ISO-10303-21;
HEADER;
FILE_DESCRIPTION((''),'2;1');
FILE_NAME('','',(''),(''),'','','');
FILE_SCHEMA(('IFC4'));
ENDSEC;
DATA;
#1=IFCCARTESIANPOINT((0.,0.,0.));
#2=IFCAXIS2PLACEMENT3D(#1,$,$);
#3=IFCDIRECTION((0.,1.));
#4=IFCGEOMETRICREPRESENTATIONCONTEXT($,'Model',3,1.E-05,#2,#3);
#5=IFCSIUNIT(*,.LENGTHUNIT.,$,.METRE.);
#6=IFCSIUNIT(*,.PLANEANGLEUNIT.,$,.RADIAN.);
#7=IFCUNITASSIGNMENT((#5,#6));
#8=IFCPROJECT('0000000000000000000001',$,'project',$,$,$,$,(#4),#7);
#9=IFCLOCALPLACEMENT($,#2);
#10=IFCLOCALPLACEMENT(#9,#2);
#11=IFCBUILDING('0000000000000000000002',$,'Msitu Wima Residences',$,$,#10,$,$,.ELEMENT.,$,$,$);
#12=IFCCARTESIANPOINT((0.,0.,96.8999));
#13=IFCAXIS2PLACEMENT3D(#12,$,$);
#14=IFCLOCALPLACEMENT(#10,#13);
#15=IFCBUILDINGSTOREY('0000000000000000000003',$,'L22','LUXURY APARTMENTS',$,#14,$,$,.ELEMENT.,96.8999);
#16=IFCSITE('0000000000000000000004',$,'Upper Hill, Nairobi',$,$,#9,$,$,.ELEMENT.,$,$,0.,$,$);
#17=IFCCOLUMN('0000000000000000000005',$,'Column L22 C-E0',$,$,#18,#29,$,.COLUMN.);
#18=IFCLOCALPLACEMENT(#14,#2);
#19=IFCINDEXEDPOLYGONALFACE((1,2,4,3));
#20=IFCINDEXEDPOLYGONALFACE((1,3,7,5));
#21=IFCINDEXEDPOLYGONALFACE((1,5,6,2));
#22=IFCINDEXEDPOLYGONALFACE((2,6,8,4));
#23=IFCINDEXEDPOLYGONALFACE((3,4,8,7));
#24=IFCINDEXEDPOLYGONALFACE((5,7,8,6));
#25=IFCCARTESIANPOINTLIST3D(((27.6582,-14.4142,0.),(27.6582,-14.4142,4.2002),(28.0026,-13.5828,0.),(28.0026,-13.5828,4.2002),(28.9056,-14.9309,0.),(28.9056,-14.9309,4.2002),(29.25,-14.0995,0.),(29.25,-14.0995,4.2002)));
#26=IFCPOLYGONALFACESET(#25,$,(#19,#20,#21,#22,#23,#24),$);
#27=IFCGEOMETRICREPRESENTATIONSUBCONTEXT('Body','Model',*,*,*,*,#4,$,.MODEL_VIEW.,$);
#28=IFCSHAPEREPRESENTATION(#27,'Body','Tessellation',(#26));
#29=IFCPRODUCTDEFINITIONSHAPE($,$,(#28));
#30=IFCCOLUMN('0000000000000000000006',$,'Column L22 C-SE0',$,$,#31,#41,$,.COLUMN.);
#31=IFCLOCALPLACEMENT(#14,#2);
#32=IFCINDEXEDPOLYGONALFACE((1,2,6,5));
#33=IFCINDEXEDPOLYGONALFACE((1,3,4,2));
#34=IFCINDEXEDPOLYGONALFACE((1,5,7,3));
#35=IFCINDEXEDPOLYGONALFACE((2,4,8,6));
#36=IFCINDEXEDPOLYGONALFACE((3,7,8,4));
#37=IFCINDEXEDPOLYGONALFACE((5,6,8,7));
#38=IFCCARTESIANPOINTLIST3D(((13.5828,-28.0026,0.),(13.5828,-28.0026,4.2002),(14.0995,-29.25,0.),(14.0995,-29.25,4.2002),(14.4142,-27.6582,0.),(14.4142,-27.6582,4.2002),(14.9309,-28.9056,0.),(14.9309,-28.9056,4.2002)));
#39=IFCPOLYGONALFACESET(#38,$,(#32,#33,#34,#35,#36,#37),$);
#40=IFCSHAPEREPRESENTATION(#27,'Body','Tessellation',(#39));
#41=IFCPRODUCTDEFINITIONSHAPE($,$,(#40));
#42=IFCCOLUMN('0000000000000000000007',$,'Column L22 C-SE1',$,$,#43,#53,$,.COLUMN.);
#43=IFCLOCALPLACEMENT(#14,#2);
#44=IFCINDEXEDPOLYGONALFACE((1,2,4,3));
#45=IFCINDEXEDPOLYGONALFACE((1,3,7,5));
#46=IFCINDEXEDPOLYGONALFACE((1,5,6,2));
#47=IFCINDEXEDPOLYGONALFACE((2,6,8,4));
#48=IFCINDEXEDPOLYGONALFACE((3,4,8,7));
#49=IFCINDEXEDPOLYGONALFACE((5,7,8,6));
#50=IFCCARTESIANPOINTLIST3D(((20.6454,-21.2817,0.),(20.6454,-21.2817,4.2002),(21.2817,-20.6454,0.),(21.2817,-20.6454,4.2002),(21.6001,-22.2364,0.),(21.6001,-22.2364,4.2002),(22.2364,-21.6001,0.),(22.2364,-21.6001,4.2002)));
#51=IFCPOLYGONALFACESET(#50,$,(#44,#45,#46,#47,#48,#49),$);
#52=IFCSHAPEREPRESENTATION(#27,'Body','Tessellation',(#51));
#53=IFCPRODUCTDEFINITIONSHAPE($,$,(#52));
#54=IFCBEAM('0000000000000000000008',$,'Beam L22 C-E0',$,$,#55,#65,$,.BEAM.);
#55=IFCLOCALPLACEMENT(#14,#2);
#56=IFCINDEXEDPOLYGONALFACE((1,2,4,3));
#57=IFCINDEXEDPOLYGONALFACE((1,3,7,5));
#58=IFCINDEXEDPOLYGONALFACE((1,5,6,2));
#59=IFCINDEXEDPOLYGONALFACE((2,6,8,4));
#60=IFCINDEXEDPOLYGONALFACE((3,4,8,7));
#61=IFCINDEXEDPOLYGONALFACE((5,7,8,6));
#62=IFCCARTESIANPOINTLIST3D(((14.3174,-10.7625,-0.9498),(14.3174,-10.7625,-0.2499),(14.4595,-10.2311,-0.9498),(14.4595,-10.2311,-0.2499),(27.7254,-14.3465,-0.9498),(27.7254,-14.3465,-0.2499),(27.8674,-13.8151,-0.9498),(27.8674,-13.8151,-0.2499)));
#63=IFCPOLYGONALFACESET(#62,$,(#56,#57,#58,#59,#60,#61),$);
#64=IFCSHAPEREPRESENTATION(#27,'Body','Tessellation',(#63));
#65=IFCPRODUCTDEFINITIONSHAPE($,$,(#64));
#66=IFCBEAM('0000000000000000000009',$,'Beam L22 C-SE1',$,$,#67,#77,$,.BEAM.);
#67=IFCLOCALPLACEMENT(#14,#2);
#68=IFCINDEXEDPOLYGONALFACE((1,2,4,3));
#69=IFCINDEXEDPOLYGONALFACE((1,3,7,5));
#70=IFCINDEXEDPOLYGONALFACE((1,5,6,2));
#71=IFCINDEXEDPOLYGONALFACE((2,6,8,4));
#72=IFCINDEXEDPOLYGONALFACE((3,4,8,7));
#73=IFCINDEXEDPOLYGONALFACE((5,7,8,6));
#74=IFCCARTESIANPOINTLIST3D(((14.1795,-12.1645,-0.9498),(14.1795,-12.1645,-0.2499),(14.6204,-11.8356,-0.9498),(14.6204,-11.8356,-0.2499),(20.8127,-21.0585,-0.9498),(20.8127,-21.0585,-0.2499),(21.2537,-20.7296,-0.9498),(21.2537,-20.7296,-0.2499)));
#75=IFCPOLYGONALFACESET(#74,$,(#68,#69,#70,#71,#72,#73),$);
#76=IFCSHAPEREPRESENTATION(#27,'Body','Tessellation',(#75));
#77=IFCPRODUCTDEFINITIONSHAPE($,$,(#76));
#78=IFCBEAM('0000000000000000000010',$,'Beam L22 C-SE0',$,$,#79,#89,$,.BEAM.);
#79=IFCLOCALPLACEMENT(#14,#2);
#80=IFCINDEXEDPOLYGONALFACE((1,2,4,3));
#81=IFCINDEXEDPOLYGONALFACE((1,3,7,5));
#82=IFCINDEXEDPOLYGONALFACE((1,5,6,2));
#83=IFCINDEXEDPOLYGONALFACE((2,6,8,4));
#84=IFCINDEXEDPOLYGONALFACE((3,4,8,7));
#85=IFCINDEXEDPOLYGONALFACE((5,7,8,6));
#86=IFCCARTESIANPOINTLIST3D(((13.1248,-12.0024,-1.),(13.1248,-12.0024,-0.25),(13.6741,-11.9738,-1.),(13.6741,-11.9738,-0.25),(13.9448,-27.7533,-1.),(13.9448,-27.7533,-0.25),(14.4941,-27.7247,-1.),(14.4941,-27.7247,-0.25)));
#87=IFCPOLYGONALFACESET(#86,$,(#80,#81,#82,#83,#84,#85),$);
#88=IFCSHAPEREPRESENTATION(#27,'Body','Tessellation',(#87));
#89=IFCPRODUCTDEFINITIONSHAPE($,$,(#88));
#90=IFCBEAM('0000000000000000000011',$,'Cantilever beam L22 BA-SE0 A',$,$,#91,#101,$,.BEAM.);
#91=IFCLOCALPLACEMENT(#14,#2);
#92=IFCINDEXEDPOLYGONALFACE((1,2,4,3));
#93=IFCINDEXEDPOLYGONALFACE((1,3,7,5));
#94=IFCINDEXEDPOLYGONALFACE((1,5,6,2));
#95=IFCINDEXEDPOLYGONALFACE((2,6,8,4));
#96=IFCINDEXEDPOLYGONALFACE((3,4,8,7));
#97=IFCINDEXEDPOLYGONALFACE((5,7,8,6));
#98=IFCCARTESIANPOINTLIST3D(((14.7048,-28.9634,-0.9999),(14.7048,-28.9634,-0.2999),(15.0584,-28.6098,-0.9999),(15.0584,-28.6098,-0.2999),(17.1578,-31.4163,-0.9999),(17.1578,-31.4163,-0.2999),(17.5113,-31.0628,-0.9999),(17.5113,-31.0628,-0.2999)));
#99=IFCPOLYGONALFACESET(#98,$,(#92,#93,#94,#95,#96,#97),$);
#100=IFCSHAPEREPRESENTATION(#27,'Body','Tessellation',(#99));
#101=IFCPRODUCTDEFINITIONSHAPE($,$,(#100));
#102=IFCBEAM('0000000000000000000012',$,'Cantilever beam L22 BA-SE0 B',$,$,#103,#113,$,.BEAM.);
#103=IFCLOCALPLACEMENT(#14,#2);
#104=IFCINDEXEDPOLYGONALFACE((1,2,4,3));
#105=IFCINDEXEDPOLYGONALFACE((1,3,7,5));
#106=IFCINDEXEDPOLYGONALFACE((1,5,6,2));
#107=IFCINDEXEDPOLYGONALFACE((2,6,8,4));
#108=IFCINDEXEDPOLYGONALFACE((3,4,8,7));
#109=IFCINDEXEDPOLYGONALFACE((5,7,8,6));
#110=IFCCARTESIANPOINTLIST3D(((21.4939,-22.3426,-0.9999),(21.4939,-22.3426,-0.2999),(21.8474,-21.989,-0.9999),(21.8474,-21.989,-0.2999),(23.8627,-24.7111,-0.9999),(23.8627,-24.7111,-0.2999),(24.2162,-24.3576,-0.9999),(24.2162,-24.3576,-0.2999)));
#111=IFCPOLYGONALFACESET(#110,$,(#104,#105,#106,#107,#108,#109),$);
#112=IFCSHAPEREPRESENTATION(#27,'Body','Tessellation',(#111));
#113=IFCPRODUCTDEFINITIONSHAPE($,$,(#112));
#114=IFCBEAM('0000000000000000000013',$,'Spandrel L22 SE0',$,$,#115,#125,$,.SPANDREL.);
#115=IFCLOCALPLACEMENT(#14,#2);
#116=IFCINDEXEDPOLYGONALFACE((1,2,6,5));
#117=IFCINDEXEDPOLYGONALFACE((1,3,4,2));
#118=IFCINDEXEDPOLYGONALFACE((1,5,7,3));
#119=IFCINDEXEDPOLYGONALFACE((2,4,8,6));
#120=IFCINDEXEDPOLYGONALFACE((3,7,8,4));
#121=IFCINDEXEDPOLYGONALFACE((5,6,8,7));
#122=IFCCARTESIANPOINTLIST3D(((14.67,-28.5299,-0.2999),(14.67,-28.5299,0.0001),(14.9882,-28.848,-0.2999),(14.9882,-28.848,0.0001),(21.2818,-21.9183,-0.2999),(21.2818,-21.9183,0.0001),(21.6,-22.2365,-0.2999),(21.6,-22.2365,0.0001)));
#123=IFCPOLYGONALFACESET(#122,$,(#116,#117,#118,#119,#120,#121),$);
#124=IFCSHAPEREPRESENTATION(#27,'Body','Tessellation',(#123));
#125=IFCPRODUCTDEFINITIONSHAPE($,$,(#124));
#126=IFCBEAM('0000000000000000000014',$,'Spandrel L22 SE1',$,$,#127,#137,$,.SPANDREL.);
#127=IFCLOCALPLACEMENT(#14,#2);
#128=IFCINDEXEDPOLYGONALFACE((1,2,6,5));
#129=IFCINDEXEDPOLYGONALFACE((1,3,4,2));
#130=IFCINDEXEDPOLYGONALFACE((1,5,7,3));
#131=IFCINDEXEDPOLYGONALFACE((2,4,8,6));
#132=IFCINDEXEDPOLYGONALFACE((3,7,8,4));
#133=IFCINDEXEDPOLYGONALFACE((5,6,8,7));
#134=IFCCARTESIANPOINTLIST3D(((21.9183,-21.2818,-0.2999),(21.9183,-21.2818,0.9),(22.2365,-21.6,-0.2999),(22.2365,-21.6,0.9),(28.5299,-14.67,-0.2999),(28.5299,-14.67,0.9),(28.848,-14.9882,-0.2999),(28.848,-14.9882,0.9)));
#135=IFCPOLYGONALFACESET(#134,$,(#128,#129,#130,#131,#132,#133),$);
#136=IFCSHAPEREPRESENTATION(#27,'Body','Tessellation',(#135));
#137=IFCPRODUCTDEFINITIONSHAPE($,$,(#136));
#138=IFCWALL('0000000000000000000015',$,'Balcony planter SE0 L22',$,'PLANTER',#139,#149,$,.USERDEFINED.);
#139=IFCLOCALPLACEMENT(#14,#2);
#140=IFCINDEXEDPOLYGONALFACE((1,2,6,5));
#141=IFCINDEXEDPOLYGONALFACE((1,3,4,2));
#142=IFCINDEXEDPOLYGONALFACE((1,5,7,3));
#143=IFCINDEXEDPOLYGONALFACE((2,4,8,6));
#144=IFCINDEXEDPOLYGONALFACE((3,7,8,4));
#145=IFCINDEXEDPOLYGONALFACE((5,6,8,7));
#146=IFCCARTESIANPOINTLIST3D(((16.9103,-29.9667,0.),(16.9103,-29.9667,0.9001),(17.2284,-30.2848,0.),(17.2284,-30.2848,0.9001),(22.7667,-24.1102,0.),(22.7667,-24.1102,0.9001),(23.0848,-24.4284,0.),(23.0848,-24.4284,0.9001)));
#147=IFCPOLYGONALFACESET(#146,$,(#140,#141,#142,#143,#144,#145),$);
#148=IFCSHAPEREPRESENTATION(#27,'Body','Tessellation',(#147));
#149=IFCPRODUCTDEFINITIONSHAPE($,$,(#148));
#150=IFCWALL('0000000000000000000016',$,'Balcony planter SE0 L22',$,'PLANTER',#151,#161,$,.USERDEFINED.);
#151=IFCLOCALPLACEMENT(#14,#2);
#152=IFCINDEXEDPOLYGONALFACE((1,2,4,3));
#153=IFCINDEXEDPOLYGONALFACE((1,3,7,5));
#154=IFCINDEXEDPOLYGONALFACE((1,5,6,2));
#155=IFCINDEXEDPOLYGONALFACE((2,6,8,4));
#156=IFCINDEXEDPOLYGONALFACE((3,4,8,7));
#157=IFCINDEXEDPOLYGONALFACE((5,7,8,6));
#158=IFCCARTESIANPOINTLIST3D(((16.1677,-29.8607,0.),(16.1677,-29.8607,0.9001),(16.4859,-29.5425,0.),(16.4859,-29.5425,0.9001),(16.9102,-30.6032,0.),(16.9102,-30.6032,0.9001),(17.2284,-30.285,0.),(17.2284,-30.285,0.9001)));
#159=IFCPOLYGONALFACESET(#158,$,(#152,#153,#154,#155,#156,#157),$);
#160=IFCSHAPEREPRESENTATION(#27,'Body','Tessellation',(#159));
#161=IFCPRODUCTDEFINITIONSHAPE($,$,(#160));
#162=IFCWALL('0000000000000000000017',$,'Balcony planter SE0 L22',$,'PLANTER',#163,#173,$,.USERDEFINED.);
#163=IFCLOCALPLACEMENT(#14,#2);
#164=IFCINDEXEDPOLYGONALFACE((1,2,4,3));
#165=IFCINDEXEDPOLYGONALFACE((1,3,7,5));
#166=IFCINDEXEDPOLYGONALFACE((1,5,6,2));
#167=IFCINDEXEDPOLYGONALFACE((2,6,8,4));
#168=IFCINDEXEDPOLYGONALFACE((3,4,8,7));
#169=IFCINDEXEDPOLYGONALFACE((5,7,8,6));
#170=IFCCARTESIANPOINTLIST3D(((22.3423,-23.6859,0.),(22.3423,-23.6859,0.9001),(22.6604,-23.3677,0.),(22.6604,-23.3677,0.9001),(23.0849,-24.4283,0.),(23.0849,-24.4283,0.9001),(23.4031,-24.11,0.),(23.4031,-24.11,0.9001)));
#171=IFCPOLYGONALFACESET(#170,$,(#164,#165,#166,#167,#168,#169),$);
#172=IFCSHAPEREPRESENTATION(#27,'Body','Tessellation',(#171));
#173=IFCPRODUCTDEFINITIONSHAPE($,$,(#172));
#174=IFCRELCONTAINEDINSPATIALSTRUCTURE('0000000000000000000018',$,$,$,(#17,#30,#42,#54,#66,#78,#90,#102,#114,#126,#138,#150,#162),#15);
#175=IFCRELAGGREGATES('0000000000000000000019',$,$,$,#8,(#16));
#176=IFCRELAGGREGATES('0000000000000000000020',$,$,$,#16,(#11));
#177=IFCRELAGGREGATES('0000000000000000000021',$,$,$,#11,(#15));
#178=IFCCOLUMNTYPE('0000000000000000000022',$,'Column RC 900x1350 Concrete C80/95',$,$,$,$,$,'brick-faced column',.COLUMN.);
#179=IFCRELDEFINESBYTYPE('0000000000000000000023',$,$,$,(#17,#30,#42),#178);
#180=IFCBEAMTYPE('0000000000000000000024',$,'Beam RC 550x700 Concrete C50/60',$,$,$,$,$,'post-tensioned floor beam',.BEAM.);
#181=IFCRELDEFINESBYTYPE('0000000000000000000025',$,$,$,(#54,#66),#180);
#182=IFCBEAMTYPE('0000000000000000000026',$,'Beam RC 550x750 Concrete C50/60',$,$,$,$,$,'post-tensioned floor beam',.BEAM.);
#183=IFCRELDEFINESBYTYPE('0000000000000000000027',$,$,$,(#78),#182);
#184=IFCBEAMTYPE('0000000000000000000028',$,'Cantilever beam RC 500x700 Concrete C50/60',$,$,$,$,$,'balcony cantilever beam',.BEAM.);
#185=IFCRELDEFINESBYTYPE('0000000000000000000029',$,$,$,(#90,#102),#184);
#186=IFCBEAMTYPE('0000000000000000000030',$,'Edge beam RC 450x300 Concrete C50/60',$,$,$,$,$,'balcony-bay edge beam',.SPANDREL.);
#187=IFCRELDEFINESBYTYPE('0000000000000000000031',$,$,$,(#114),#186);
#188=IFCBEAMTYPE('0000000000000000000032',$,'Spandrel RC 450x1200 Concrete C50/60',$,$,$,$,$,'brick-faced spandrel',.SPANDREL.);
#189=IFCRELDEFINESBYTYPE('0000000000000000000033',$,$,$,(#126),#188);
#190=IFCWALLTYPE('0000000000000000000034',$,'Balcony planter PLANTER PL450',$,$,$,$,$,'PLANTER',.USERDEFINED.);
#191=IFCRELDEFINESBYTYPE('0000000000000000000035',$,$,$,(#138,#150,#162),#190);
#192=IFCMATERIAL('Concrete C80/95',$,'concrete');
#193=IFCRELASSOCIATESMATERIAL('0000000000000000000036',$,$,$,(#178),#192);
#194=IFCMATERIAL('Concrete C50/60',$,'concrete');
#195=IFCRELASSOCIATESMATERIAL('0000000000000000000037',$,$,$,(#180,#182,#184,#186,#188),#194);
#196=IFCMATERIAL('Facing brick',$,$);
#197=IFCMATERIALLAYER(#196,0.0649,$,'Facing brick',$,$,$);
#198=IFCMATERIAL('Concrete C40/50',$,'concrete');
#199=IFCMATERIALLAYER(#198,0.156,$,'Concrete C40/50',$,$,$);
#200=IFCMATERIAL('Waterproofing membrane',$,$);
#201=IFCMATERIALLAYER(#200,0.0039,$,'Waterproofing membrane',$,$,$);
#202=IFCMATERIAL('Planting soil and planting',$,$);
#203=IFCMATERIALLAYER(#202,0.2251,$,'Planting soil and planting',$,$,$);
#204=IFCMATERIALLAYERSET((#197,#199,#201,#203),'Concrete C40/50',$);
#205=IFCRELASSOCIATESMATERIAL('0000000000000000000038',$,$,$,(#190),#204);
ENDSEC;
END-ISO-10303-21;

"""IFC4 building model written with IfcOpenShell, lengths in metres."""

from ifc_helpers import new_model, si_unit, direction, frame, frame_2d, origin, origin_2d, place, context, subcontext, project, spatial, rectangle, extrude, material, layer, layer_set, material_profile, profile_set, type_object, element, save


model = new_model("IFC4")

# Units and contexts
model_context = context("Model", 3, precision=1e-05, world=origin(), true_north=direction((0.0, 1.0)))
body_context = subcontext(model_context, "Body", "Model", "MODEL_VIEW")
ifc_project = project(units=[si_unit("LENGTHUNIT", "METRE"), si_unit("PLANEANGLEUNIT", "RADIAN")], contexts=[model_context])

# Site, building, storey
site_placement = place(None, origin())
site = spatial("IfcSite", under=ifc_project, at=site_placement, Name="Upper Hill, Nairobi", CompositionType="ELEMENT", RefElevation=0.0)
building_placement = place(site_placement, origin())
building = spatial("IfcBuilding", under=site, at=building_placement, Name="Msitu Wima Residences", CompositionType="ELEMENT")
storey_placement = place(building_placement, frame((0.0, 0.0, 96.8999)))
storey = spatial("IfcBuildingStorey", under=building, at=storey_placement, Name="L22", Description="LUXURY APARTMENTS", CompositionType="ELEMENT", Elevation=96.8999)

# Columns
ifc_material_1 = material(Name="Concrete C80/95", Category="concrete")
ifc_material_profile_1 = material_profile(ifc_material_1, rectangle(XDim=0.8999, YDim=1.3501, at=origin_2d()), Name="RC 900x1350")
ifc_profile_set_1 = profile_set([ifc_material_profile_1], Name="Concrete C80/95")
column_type = type_object("IfcColumnType", Name="Column RC 900x1350 Concrete C80/95", ElementType="brick-faced column", PredefinedType="COLUMN", material=ifc_profile_set_1)
for number, where, z_axis, x_axis, name in (
    (1, (28.4541, -14.2568, 0.0), (0.0, 0.0, 1.0), (0.382683, 0.92388, 0.0), "Column L22 C-E0"),
    (2, (14.2568, -28.4541, 0.0), (0.0, 0.0, 1.0), (0.92388, 0.382683, 0.0), "Column L22 C-SE0"),
    (3, (21.4409, -21.4409, 0.0), (0.0, 0.0, 1.0), (0.707107, 0.707107, 0.0), "Column L22 C-SE1"),
):
    element("IfcColumn", number, at=place(storey_placement, frame(where, z_axis=z_axis, x_axis=x_axis)), inside=storey, type_object=column_type, Name=name, PredefinedType="COLUMN", context=body_context, shape_type="SweptSolid", body=[
        extrude(rectangle(XDim=0.8999, YDim=1.3501, at=origin_2d()), origin(), (0.0, 0.0, 1.0), 4.2002),
    ])

# Beams
ifc_material_2 = material(Name="Concrete C50/60", Category="concrete")
ifc_material_profile_2 = material_profile(ifc_material_2, rectangle(XDim=0.55, YDim=0.7, at=origin_2d()), Name="RC 550x700")
ifc_profile_set_2 = profile_set([ifc_material_profile_2], Name="Concrete C50/60")
beam_type_1 = type_object("IfcBeamType", Name="Beam RC 550x700 Concrete C50/60", ElementType="post-tensioned floor beam", PredefinedType="BEAM", material=ifc_profile_set_2)
beam_1_placement = place(storey_placement, frame((27.7964, -14.0808, -0.5999), z_axis=(-0.966082, 0.258236, 0.0), x_axis=(-0.258236, -0.966082, 0.0)))
element("IfcBeam", 4, at=beam_1_placement, inside=storey, type_object=beam_type_1, Name="Beam L22 C-E0", PredefinedType="BEAM", context=body_context, shape_type="SweptSolid", body=[
    extrude(rectangle(XDim=0.55, YDim=0.7, at=origin_2d()), origin(), (0.0, 0.0, 1.0), 13.8787),
])
beam_2_placement = place(storey_placement, frame((21.0332, -20.894, -0.5999), z_axis=(-0.59785, 0.801608, 0.0), x_axis=(-0.801608, -0.59785, 0.0)))
element("IfcBeam", 5, at=beam_2_placement, inside=storey, type_object=beam_type_1, Name="Beam L22 C-SE1", PredefinedType="BEAM", context=body_context, shape_type="SweptSolid", body=[
    extrude(rectangle(XDim=0.55, YDim=0.7, at=origin_2d()), origin(), (0.0, 0.0, 1.0), 11.0952),
])
ifc_material_profile_3 = material_profile(ifc_material_2, rectangle(XDim=0.55, YDim=0.75, at=origin_2d()), Name="RC 550x750")
ifc_profile_set_3 = profile_set([ifc_material_profile_3], Name="Concrete C50/60")
beam_type_2 = type_object("IfcBeamType", Name="Beam RC 550x750 Concrete C50/60", ElementType="post-tensioned floor beam", PredefinedType="BEAM", material=ifc_profile_set_3)
beam_3_placement = place(storey_placement, frame((14.2195, -27.739, -0.625), z_axis=(-0.051994, 0.998647, 0.0), x_axis=(-0.998647, -0.051994, 0.0)))
element("IfcBeam", 6, at=beam_3_placement, inside=storey, type_object=beam_type_2, Name="Beam L22 C-SE0", PredefinedType="BEAM", context=body_context, shape_type="SweptSolid", body=[
    extrude(rectangle(XDim=0.55, YDim=0.75, at=origin_2d()), origin(), (0.0, 0.0, 1.0), 15.7722),
])
ifc_material_profile_4 = material_profile(ifc_material_2, rectangle(XDim=0.5, YDim=0.7, at=origin_2d()), Name="RC 500x700")
ifc_profile_set_4 = profile_set([ifc_material_profile_4], Name="Concrete C50/60")
beam_type_3 = type_object("IfcBeamType", Name="Cantilever beam RC 500x700 Concrete C50/60", ElementType="balcony cantilever beam", PredefinedType="BEAM", material=ifc_profile_set_4)
beam_4_placement = place(storey_placement, frame((14.8816, -28.7866, -0.6499), z_axis=(0.707107, -0.707107, 0.0), x_axis=(0.707107, 0.707107, 0.0)))
element("IfcBeam", 7, at=beam_4_placement, inside=storey, type_object=beam_type_3, Name="Cantilever beam L22 BA-SE0 A", PredefinedType="BEAM", context=body_context, shape_type="SweptSolid", body=[
    extrude(rectangle(XDim=0.5, YDim=0.7, at=origin_2d()), origin(), (0.0, 0.0, 1.0), 3.469),
])
beam_5_placement = place(storey_placement, frame((21.6707, -22.1658, -0.6499), z_axis=(0.707143, -0.70707, 0.0), x_axis=(0.70707, 0.707143, 0.0)))
element("IfcBeam", 8, at=beam_5_placement, inside=storey, type_object=beam_type_3, Name="Cantilever beam L22 BA-SE0 B", PredefinedType="BEAM", context=body_context, shape_type="SweptSolid", body=[
    extrude(rectangle(XDim=0.5, YDim=0.7, at=origin_2d()), origin(), (0.0, 0.0, 1.0), 3.3499),
])
ifc_material_profile_5 = material_profile(ifc_material_2, rectangle(XDim=0.45, YDim=0.3, at=origin_2d()), Name="RC 450x300")
ifc_profile_set_5 = profile_set([ifc_material_profile_5], Name="Concrete C50/60")
beam_type_4 = type_object("IfcBeamType", Name="Edge beam RC 450x300 Concrete C50/60", ElementType="balcony-bay edge beam", PredefinedType="SPANDREL", material=ifc_profile_set_5)
beam_6_placement = place(storey_placement, frame((14.8291, -28.689, -0.1499), z_axis=(0.70712, 0.707094, 0.0), x_axis=(-0.707094, 0.70712, 0.0)))
element("IfcBeam", 9, at=beam_6_placement, inside=storey, type_object=beam_type_4, Name="Spandrel L22 SE0", PredefinedType="SPANDREL", context=body_context, shape_type="SweptSolid", body=[
    extrude(rectangle(XDim=0.45, YDim=0.3, at=origin_2d()), origin(), (0.0, 0.0, 1.0), 9.3503),
])
ifc_material_profile_6 = material_profile(ifc_material_2, rectangle(XDim=0.45, YDim=1.2, at=origin_2d()), Name="RC 450x1200")
ifc_profile_set_6 = profile_set([ifc_material_profile_6], Name="Concrete C50/60")
beam_type_5 = type_object("IfcBeamType", Name="Spandrel RC 450x1200 Concrete C50/60", ElementType="brick-faced spandrel", PredefinedType="SPANDREL", material=ifc_profile_set_6)
beam_7_placement = place(storey_placement, frame((22.0774, -21.4409, 0.3), z_axis=(0.707094, 0.70712, 0.0), x_axis=(-0.70712, 0.707094, 0.0)))
element("IfcBeam", 10, at=beam_7_placement, inside=storey, type_object=beam_type_5, Name="Spandrel L22 SE1", PredefinedType="SPANDREL", context=body_context, shape_type="SweptSolid", body=[
    extrude(rectangle(XDim=0.45, YDim=1.2, at=origin_2d()), origin(), (0.0, 0.0, 1.0), 9.3503),
])

# Walls
ifc_material_3 = material(Name="Facing brick")
ifc_layer_1 = layer(ifc_material_3, 0.0649, Name="Facing brick")
ifc_material_4 = material(Name="Concrete C40/50", Category="concrete")
ifc_layer_2 = layer(ifc_material_4, 0.156, Name="Concrete C40/50")
ifc_material_5 = material(Name="Waterproofing membrane")
ifc_layer_3 = layer(ifc_material_5, 0.0039, Name="Waterproofing membrane")
ifc_material_6 = material(Name="Planting soil and planting")
ifc_layer_4 = layer(ifc_material_6, 0.2251, Name="Planting soil and planting")
ifc_layer_set_1 = layer_set([ifc_layer_1, ifc_layer_2, ifc_layer_3, ifc_layer_4], Name="Concrete C40/50")
wall_type_1 = type_object("IfcWallType", Name="Balcony planter PLANTER PL450", ElementType="PLANTER", PredefinedType="USERDEFINED", material=ifc_layer_set_1)
wall_1_placement = place(storey_placement, frame((17.0693, -30.1257, 0.0), z_axis=(0.0, 0.0, 1.0), x_axis=(0.707107, 0.707107, 0.0)))
element("IfcWall", 11, at=wall_1_placement, inside=storey, type_object=wall_type_1, Name="Balcony planter SE0 L22", ObjectType="PLANTER", PredefinedType="USERDEFINED", context=body_context, shape_type="SweptSolid", body=[
    extrude(rectangle(XDim=8.2822, YDim=0.45, at=frame_2d((4.1411, 0.0))), origin(), (0.0, 0.0, 1.0), 0.9001),
])
for number, where, z_axis, x_axis, name in (
    (12, (16.3269, -29.7017, 0.0), (0.0, 0.0, 1.0), (0.707107, -0.707107, 0.0), "Balcony planter SE0 L22"),
    (13, (22.5015, -23.5269, 0.0), (0.0, 0.0, 1.0), (0.707223, -0.706991, 0.0), "Balcony planter SE0 L22"),
):
    element("IfcWall", number, at=place(storey_placement, frame(where, z_axis=z_axis, x_axis=x_axis)), inside=storey, type_object=wall_type_1, Name=name, ObjectType="PLANTER", PredefinedType="USERDEFINED", context=body_context, shape_type="SweptSolid", body=[
        extrude(rectangle(XDim=1.05, YDim=0.45, at=frame_2d((0.5249, 0.0))), origin(), (0.0, 0.0, 1.0), 0.9001),
    ])

save(model, "model.ifc")
